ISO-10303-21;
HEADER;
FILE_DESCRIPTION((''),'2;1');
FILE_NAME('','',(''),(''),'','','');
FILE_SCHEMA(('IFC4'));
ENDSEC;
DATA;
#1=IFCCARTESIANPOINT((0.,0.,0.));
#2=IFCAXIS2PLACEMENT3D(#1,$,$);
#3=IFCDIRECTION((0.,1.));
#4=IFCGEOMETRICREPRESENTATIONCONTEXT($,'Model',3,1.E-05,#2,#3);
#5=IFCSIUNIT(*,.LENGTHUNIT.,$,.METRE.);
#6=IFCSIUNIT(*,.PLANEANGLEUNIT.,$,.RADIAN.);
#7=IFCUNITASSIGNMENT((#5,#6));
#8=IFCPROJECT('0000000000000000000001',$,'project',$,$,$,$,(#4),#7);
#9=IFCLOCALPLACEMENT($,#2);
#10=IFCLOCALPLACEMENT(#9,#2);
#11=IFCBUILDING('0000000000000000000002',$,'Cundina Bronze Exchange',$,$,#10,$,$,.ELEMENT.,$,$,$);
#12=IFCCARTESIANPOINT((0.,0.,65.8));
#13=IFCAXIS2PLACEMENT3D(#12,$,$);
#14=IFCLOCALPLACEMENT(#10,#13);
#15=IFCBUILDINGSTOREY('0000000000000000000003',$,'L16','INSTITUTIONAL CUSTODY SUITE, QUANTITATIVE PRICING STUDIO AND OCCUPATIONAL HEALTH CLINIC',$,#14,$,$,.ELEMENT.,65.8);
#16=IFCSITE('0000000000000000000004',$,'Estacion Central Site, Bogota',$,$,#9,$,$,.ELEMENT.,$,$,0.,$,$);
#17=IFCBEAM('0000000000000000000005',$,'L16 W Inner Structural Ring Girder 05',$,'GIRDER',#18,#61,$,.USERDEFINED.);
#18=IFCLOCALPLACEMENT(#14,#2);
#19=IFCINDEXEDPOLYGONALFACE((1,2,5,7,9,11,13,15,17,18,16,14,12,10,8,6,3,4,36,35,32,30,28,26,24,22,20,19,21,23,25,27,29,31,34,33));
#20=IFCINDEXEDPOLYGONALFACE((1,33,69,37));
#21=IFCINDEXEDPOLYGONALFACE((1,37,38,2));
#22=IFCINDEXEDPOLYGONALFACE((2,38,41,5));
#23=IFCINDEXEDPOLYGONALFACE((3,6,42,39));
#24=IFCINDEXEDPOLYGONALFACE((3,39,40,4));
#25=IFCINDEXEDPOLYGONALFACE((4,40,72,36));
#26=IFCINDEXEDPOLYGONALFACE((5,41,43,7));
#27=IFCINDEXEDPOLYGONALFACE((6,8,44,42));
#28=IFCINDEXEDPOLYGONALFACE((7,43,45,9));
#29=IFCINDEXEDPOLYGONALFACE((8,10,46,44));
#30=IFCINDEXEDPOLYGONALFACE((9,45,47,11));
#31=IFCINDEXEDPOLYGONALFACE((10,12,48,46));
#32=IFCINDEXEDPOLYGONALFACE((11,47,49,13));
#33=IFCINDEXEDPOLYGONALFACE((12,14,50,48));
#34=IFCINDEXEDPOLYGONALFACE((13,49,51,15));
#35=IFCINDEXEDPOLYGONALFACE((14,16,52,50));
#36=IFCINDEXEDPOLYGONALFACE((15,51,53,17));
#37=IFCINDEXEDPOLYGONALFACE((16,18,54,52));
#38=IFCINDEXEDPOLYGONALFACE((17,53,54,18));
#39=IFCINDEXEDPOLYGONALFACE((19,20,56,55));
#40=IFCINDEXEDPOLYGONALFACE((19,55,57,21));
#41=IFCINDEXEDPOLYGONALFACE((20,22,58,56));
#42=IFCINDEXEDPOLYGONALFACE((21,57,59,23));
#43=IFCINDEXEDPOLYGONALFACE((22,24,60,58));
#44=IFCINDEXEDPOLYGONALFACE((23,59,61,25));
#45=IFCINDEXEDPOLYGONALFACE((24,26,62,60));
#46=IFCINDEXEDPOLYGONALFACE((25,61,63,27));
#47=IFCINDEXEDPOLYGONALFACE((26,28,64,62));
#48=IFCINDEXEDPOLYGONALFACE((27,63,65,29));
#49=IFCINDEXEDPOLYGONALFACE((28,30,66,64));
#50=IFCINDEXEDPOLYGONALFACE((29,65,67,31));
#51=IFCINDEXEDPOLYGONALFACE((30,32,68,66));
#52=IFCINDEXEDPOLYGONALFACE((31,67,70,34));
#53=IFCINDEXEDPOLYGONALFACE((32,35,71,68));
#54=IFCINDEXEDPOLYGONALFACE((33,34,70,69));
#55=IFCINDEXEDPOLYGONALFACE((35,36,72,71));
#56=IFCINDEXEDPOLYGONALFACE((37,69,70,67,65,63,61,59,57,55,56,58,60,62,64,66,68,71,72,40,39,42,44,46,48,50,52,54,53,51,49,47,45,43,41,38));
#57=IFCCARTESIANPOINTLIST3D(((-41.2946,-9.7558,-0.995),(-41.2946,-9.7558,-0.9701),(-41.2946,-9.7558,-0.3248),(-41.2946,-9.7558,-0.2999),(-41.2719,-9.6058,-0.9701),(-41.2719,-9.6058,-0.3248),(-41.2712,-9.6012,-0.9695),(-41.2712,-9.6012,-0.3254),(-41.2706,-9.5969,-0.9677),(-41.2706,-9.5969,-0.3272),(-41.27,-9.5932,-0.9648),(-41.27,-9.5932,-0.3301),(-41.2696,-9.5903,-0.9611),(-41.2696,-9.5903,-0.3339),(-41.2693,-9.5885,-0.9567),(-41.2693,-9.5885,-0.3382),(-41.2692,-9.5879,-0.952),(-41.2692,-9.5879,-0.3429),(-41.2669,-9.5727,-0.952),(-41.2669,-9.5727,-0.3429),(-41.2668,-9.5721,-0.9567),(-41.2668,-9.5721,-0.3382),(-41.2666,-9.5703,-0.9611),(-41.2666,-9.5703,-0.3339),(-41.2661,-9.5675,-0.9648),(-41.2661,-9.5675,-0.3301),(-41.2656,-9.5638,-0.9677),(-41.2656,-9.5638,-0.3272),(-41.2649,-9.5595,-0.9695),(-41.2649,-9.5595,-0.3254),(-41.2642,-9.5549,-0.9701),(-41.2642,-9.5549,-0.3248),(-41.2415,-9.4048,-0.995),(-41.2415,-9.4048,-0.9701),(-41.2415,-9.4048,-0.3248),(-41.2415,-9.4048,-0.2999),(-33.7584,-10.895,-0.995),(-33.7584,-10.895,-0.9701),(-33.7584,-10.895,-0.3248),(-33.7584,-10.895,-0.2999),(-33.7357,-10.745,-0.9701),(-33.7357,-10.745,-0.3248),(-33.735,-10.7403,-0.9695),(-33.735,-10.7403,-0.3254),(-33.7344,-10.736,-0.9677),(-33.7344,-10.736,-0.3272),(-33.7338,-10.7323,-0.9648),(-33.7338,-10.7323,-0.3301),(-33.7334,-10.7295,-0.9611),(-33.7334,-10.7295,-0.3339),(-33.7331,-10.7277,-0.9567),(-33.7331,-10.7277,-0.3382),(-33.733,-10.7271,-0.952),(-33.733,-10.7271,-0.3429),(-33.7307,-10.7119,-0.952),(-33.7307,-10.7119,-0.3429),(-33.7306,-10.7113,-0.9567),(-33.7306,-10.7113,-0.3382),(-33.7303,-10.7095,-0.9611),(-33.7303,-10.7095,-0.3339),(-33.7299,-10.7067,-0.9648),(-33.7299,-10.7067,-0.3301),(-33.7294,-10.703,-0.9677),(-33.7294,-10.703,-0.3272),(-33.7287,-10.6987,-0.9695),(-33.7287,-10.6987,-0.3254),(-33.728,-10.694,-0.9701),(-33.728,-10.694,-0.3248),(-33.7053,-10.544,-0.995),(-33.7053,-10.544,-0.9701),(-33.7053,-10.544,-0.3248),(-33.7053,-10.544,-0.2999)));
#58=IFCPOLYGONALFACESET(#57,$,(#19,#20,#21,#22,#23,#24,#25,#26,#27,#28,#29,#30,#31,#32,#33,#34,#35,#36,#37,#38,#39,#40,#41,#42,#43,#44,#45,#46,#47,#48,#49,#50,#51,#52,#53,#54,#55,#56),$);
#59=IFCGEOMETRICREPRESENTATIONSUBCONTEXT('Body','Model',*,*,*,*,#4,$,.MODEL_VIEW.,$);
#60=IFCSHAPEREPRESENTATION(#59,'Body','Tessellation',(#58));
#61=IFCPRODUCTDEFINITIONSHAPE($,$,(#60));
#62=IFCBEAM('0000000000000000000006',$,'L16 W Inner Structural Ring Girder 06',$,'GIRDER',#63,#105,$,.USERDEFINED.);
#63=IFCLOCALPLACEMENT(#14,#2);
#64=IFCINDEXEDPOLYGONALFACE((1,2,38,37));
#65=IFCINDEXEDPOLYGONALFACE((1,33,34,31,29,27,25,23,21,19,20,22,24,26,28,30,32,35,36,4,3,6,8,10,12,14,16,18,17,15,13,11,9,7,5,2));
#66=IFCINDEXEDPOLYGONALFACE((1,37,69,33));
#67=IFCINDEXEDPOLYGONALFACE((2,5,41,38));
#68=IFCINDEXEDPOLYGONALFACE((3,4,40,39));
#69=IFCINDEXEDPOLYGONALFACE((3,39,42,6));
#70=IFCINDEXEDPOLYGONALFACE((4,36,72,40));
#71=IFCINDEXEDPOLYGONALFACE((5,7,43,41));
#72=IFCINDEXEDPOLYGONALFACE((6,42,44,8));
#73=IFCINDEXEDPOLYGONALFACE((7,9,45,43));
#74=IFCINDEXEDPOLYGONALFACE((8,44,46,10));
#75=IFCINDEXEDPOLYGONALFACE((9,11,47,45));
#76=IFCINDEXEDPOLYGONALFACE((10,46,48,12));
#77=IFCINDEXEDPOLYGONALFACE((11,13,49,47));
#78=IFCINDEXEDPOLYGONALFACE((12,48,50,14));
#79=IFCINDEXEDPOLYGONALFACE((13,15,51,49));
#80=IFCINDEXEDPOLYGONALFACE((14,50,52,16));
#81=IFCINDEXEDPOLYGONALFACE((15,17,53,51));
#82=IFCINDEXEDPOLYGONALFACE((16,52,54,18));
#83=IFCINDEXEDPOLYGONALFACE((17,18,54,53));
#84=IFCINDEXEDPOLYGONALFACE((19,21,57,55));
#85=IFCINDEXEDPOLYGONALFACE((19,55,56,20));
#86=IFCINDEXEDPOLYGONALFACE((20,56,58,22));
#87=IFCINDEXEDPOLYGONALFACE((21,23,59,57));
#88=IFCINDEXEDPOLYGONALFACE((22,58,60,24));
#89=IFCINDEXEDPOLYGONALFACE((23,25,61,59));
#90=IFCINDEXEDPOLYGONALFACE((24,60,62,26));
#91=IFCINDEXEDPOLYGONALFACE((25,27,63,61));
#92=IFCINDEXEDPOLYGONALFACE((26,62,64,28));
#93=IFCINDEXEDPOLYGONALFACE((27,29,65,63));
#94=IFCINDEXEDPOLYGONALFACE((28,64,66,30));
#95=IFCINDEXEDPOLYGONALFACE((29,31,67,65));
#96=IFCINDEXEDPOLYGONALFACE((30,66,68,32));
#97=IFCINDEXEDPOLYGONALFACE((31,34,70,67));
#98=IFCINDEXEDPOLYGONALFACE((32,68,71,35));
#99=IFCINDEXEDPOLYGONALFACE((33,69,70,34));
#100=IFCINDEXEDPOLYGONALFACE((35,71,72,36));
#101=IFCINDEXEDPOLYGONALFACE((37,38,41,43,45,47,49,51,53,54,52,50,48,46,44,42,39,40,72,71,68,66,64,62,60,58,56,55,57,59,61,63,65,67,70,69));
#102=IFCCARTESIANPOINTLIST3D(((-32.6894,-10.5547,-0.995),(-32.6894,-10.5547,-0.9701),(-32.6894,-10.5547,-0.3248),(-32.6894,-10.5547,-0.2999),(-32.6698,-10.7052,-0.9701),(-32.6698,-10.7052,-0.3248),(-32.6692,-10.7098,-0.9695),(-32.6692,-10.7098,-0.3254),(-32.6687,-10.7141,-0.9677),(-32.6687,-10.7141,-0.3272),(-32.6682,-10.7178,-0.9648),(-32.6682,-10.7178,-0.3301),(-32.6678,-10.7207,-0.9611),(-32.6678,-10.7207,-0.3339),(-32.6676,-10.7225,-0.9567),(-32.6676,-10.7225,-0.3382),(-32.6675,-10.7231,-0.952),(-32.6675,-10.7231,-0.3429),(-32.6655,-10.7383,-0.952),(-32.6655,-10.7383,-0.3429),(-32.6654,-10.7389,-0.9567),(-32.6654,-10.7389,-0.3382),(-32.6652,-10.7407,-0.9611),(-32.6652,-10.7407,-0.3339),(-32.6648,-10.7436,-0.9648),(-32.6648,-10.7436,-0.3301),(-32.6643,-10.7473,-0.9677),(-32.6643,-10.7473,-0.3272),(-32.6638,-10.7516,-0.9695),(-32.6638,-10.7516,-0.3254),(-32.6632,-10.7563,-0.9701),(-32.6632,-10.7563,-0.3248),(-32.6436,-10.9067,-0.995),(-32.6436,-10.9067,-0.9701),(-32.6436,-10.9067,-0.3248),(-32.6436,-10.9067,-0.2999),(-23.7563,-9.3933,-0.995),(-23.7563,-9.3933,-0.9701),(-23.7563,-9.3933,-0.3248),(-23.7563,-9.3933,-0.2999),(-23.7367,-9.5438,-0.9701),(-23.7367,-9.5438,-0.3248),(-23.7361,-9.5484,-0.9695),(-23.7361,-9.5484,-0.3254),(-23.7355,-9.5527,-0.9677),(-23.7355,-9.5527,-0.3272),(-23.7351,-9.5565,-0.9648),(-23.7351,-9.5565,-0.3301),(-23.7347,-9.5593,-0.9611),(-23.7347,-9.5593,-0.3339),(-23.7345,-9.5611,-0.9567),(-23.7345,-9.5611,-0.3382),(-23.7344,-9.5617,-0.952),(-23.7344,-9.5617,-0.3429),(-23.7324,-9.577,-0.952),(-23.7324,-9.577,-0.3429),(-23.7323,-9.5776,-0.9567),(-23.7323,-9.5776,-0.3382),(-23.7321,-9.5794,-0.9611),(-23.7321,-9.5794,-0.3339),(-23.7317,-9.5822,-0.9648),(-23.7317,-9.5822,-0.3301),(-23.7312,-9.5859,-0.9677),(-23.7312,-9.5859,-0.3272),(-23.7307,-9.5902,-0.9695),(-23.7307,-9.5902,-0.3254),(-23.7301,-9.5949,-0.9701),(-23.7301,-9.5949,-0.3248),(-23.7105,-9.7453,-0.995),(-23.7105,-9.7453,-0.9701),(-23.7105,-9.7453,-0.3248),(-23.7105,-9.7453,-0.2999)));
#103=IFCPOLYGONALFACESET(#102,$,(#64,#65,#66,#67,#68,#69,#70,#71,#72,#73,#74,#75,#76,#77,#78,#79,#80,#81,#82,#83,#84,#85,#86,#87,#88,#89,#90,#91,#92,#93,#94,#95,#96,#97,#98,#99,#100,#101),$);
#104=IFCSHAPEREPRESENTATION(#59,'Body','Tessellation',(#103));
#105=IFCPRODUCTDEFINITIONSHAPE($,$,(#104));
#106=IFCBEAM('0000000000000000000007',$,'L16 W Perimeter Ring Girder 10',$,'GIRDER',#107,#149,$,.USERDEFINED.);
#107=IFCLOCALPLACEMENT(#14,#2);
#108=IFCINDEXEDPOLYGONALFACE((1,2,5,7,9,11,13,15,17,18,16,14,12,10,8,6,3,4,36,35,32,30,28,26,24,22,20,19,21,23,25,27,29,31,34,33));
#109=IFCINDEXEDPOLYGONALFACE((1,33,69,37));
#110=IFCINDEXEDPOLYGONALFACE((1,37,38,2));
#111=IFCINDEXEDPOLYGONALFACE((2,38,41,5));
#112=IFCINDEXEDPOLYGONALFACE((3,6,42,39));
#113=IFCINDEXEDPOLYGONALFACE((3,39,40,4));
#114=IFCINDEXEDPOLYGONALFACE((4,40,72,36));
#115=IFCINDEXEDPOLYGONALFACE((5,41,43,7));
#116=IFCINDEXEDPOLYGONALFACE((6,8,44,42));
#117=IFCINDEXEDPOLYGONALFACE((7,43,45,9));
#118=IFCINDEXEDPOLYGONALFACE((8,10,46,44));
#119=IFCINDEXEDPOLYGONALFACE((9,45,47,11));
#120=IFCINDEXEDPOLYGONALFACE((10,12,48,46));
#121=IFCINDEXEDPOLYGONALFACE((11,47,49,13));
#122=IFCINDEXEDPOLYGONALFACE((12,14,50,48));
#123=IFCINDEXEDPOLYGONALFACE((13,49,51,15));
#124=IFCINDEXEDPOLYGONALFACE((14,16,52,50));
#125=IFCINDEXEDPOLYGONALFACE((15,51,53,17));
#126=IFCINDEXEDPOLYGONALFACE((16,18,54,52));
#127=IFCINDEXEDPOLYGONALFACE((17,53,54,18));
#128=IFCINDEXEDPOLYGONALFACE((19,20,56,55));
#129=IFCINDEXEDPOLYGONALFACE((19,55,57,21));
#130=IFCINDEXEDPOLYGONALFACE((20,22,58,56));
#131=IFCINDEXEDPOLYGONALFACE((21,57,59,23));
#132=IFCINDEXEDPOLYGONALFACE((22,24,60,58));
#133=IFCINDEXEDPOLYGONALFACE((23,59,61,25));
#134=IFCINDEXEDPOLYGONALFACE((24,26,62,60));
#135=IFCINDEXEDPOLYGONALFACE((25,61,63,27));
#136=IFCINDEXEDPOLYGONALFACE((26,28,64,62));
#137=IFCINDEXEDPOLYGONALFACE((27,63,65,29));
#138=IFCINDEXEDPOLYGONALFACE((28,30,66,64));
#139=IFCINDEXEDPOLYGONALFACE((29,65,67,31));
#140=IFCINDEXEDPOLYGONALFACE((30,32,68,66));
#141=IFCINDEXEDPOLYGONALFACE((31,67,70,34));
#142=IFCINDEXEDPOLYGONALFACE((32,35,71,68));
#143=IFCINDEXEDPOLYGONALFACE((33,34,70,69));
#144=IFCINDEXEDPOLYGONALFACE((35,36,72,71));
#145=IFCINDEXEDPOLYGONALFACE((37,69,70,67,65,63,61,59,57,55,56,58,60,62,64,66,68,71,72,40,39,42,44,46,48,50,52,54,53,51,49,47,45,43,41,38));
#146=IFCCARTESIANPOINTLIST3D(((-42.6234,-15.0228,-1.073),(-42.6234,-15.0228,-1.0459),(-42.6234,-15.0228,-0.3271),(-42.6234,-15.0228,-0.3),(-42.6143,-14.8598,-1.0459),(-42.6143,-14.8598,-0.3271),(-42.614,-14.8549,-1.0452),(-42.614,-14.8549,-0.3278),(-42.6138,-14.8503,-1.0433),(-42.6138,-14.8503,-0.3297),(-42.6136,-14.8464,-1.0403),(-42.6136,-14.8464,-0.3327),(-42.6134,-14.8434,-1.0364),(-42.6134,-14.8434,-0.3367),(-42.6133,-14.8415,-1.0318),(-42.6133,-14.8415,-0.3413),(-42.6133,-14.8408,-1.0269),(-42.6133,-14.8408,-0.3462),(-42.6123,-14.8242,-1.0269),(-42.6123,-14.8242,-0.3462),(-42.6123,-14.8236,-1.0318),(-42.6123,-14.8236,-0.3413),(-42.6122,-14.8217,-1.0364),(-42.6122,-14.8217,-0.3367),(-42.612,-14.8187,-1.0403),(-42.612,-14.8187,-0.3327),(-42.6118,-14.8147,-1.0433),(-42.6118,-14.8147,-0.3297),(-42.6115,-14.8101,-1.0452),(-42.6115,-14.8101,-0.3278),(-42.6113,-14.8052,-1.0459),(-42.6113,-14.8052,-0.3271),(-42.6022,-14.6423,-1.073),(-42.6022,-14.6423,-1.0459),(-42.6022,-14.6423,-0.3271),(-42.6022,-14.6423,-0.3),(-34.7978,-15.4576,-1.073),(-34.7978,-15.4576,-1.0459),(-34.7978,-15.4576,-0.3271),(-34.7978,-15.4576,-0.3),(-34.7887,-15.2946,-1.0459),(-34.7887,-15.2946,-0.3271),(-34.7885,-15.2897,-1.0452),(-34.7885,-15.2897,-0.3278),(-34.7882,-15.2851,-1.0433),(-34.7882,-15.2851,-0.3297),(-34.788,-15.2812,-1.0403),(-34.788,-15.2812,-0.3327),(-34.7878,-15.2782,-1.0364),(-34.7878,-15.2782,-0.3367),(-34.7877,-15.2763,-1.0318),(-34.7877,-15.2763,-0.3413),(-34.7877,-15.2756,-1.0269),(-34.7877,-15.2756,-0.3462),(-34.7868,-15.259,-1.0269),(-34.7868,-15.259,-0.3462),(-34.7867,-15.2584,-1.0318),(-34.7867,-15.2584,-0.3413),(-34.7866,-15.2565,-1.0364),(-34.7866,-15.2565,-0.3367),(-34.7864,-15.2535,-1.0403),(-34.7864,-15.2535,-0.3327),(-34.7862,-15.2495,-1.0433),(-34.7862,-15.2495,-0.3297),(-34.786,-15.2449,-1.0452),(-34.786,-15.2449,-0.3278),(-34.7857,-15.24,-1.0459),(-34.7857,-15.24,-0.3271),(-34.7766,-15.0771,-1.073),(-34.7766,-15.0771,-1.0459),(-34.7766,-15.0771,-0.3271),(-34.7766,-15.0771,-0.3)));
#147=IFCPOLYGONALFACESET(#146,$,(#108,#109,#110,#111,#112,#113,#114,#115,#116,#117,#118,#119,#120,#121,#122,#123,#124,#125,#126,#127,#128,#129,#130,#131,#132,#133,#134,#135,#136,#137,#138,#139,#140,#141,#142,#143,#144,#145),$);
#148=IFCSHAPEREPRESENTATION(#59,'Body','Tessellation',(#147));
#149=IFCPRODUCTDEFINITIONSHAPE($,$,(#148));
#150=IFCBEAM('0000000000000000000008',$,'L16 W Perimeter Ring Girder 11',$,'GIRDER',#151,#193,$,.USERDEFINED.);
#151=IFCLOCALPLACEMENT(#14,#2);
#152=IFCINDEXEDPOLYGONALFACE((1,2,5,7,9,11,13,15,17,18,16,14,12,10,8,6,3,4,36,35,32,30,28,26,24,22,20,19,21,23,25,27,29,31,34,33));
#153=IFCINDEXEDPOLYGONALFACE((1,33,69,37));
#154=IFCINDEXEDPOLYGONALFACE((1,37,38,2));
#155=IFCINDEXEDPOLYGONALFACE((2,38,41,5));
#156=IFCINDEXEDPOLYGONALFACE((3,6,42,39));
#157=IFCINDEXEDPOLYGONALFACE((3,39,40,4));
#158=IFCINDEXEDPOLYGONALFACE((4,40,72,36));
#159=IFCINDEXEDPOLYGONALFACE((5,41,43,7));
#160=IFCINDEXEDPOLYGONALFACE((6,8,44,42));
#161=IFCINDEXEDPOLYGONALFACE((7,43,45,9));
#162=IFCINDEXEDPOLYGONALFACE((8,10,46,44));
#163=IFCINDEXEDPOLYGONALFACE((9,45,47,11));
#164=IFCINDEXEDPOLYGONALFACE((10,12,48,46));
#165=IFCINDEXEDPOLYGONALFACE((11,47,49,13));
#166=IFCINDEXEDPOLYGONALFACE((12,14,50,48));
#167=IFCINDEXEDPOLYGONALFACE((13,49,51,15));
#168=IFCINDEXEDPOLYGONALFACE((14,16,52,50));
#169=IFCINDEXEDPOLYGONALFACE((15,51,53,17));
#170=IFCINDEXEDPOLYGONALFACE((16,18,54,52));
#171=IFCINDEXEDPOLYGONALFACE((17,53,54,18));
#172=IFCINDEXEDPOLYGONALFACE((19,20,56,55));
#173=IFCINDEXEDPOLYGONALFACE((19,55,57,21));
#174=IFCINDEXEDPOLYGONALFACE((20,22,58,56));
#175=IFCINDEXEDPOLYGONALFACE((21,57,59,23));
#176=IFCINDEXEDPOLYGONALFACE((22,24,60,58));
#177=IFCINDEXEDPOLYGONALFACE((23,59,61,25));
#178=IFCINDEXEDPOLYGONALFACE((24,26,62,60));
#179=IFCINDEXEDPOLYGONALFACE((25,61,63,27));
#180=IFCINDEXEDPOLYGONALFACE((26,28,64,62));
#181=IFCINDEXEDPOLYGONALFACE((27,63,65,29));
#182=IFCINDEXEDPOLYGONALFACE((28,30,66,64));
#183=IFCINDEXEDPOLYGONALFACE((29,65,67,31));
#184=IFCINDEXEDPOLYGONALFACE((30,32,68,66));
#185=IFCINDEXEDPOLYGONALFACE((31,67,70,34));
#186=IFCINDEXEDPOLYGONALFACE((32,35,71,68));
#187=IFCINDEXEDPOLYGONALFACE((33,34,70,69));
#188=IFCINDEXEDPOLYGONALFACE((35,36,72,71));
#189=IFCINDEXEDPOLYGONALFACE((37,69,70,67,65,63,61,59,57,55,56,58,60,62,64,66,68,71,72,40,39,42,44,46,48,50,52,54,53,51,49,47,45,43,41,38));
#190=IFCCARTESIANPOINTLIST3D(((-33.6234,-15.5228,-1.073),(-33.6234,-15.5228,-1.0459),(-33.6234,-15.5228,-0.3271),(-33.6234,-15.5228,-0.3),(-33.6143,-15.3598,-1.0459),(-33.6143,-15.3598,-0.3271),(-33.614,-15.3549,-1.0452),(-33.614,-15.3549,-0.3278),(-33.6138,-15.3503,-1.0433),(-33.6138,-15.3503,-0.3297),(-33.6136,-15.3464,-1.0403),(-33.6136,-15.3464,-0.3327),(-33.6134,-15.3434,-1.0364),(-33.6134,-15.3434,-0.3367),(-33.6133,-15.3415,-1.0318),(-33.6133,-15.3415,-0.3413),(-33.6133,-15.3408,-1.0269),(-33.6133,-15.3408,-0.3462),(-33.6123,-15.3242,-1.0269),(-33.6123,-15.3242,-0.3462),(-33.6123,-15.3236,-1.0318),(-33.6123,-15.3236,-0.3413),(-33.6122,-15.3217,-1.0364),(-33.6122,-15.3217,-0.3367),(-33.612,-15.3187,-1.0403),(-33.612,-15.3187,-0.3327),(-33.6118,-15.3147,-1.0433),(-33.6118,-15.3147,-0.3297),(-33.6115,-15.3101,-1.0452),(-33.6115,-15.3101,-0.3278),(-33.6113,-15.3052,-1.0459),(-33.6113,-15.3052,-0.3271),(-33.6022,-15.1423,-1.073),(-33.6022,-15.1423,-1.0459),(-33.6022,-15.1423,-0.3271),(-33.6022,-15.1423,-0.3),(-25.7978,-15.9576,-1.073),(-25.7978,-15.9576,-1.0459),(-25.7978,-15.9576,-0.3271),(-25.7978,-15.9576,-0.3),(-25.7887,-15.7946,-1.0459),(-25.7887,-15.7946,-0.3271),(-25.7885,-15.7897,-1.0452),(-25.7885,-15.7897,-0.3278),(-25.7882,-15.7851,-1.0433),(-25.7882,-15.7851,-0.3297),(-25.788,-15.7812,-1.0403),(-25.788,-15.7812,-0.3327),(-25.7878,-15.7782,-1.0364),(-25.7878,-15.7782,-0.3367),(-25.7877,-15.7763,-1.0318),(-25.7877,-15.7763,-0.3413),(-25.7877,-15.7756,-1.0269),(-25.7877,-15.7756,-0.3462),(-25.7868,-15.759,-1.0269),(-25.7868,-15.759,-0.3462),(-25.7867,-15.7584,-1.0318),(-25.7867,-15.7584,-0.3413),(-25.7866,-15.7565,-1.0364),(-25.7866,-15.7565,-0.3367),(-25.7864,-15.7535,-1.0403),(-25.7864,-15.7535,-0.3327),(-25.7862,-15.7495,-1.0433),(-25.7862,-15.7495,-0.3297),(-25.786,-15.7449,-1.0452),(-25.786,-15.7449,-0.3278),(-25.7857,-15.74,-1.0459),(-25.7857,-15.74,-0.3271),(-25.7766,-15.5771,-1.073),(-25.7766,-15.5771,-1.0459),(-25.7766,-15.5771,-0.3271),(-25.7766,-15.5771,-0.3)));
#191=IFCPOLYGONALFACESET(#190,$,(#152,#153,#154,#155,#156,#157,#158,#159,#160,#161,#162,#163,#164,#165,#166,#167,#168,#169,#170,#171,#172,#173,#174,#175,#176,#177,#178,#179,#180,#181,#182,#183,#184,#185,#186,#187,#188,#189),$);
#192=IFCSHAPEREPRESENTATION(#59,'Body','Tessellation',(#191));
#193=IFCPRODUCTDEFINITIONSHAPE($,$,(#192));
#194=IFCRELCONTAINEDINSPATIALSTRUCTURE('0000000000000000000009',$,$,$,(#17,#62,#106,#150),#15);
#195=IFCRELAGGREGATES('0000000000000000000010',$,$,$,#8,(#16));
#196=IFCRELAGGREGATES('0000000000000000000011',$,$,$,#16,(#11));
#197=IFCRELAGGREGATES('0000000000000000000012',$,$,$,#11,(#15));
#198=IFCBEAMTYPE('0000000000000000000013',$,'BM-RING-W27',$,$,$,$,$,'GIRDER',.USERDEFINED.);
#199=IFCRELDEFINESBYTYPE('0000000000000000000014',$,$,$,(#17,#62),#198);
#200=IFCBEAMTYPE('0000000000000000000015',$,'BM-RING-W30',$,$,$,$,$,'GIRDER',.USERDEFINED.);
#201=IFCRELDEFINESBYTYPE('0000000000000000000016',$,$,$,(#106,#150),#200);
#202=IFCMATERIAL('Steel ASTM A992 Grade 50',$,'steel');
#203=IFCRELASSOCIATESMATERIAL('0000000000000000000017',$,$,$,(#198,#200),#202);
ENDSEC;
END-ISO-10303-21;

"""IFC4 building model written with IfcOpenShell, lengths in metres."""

from ifc_helpers import new_model, si_unit, direction, frame, origin, origin_2d, place, context, subcontext, project, spatial, i_section, extrude, material, material_profile, profile_set, type_object, element, save


model = new_model("IFC4")

# Units and contexts
model_context = context("Model", 3, precision=1e-05, world=origin(), true_north=direction((0.0, 1.0)))
body_context = subcontext(model_context, "Body", "Model", "MODEL_VIEW")
ifc_project = project(units=[si_unit("LENGTHUNIT", "METRE"), si_unit("PLANEANGLEUNIT", "RADIAN")], contexts=[model_context])

# Site, building, storey
site_placement = place(None, origin())
site = spatial("IfcSite", under=ifc_project, at=site_placement, Name="Estacion Central Site, Bogota", CompositionType="ELEMENT", RefElevation=0.0)
building_placement = place(site_placement, origin())
building = spatial("IfcBuilding", under=site, at=building_placement, Name="Cundina Bronze Exchange", CompositionType="ELEMENT")
storey_placement = place(building_placement, frame((0.0, 0.0, 65.8)))
storey = spatial("IfcBuildingStorey", under=building, at=storey_placement, Name="L16", Description="INSTITUTIONAL CUSTODY SUITE, QUANTITATIVE PRICING STUDIO AND OCCUPATIONAL HEALTH CLINIC", CompositionType="ELEMENT", Elevation=65.8)

# Beams
ifc_material_1 = material(Name="Steel ASTM A992 Grade 50", Category="steel")
ifc_material_profile_1 = material_profile(ifc_material_1, i_section(OverallWidth=0.355, OverallDepth=0.6951, WebThickness=0.0154, FlangeThickness=0.0249, FilletRadius=0.0181, at=origin_2d()), Name="W27X146", Category="steel")
ifc_profile_set_1 = profile_set([ifc_material_profile_1], Name="Steel ASTM A992 Grade 50")
beam_type_1 = type_object("IfcBeamType", Name="BM-RING-W27", ElementType="GIRDER", PredefinedType="USERDEFINED", material=ifc_profile_set_1)
beam_1_placement = place(storey_placement, frame((-41.2681, -9.5803, -0.6475), z_axis=(0.988767, -0.149462, 0.0), x_axis=(0.149462, 0.988767, 0.0)))
element("IfcBeam", 1, at=beam_1_placement, inside=storey, type_object=beam_type_1, Name="L16 W Inner Structural Ring Girder 05", ObjectType="GIRDER", PredefinedType="USERDEFINED", context=body_context, shape_type="SweptSolid", body=[
    extrude(i_section(OverallWidth=0.355, OverallDepth=0.6951, WebThickness=0.0154, FlangeThickness=0.0249, FilletRadius=0.0181, at=origin_2d()), origin(), (0.0, 0.0, 1.0), 7.6218),
])
beam_2_placement = place(storey_placement, frame((-32.6665, -10.7307, -0.6475), z_axis=(0.991655, 0.128923, 0.0), x_axis=(-0.128923, 0.991655, 0.0)))
element("IfcBeam", 2, at=beam_2_placement, inside=storey, type_object=beam_type_1, Name="L16 W Inner Structural Ring Girder 06", ObjectType="GIRDER", PredefinedType="USERDEFINED", context=body_context, shape_type="SweptSolid", body=[
    extrude(i_section(OverallWidth=0.355, OverallDepth=0.6951, WebThickness=0.0154, FlangeThickness=0.0249, FilletRadius=0.0181, at=origin_2d()), origin(), (0.0, 0.0, 1.0), 9.0083),
])
ifc_material_profile_2 = material_profile(ifc_material_1, i_section(OverallWidth=0.3811, OverallDepth=0.7729, WebThickness=0.0166, FlangeThickness=0.0271, FilletRadius=0.019, at=origin_2d()), Name="W30X173", Category="steel")
ifc_profile_set_2 = profile_set([ifc_material_profile_2], Name="Steel ASTM A992 Grade 50")
beam_type_2 = type_object("IfcBeamType", Name="BM-RING-W30", ElementType="GIRDER", PredefinedType="USERDEFINED", material=ifc_profile_set_2)
for number, where, z_axis, x_axis, name in (
    (3, (-42.6128, -14.8325, -0.6865), (0.99846, -0.055477, 0.0), (0.055477, 0.99846, 0.0), "L16 W Perimeter Ring Girder 10"),
    (4, (-33.6128, -15.3325, -0.6865), (0.99846, -0.055477, 0.0), (0.055477, 0.99846, 0.0), "L16 W Perimeter Ring Girder 11"),
):
    element("IfcBeam", number, at=place(storey_placement, frame(where, z_axis=z_axis, x_axis=x_axis)), inside=storey, type_object=beam_type_2, Name=name, ObjectType="GIRDER", PredefinedType="USERDEFINED", context=body_context, shape_type="SweptSolid", body=[
        extrude(i_section(OverallWidth=0.3811, OverallDepth=0.7729, WebThickness=0.0166, FlangeThickness=0.0271, FilletRadius=0.019, at=origin_2d()), origin(), (0.0, 0.0, 1.0), 7.8376),
    ])

save(model, "model.ifc")
